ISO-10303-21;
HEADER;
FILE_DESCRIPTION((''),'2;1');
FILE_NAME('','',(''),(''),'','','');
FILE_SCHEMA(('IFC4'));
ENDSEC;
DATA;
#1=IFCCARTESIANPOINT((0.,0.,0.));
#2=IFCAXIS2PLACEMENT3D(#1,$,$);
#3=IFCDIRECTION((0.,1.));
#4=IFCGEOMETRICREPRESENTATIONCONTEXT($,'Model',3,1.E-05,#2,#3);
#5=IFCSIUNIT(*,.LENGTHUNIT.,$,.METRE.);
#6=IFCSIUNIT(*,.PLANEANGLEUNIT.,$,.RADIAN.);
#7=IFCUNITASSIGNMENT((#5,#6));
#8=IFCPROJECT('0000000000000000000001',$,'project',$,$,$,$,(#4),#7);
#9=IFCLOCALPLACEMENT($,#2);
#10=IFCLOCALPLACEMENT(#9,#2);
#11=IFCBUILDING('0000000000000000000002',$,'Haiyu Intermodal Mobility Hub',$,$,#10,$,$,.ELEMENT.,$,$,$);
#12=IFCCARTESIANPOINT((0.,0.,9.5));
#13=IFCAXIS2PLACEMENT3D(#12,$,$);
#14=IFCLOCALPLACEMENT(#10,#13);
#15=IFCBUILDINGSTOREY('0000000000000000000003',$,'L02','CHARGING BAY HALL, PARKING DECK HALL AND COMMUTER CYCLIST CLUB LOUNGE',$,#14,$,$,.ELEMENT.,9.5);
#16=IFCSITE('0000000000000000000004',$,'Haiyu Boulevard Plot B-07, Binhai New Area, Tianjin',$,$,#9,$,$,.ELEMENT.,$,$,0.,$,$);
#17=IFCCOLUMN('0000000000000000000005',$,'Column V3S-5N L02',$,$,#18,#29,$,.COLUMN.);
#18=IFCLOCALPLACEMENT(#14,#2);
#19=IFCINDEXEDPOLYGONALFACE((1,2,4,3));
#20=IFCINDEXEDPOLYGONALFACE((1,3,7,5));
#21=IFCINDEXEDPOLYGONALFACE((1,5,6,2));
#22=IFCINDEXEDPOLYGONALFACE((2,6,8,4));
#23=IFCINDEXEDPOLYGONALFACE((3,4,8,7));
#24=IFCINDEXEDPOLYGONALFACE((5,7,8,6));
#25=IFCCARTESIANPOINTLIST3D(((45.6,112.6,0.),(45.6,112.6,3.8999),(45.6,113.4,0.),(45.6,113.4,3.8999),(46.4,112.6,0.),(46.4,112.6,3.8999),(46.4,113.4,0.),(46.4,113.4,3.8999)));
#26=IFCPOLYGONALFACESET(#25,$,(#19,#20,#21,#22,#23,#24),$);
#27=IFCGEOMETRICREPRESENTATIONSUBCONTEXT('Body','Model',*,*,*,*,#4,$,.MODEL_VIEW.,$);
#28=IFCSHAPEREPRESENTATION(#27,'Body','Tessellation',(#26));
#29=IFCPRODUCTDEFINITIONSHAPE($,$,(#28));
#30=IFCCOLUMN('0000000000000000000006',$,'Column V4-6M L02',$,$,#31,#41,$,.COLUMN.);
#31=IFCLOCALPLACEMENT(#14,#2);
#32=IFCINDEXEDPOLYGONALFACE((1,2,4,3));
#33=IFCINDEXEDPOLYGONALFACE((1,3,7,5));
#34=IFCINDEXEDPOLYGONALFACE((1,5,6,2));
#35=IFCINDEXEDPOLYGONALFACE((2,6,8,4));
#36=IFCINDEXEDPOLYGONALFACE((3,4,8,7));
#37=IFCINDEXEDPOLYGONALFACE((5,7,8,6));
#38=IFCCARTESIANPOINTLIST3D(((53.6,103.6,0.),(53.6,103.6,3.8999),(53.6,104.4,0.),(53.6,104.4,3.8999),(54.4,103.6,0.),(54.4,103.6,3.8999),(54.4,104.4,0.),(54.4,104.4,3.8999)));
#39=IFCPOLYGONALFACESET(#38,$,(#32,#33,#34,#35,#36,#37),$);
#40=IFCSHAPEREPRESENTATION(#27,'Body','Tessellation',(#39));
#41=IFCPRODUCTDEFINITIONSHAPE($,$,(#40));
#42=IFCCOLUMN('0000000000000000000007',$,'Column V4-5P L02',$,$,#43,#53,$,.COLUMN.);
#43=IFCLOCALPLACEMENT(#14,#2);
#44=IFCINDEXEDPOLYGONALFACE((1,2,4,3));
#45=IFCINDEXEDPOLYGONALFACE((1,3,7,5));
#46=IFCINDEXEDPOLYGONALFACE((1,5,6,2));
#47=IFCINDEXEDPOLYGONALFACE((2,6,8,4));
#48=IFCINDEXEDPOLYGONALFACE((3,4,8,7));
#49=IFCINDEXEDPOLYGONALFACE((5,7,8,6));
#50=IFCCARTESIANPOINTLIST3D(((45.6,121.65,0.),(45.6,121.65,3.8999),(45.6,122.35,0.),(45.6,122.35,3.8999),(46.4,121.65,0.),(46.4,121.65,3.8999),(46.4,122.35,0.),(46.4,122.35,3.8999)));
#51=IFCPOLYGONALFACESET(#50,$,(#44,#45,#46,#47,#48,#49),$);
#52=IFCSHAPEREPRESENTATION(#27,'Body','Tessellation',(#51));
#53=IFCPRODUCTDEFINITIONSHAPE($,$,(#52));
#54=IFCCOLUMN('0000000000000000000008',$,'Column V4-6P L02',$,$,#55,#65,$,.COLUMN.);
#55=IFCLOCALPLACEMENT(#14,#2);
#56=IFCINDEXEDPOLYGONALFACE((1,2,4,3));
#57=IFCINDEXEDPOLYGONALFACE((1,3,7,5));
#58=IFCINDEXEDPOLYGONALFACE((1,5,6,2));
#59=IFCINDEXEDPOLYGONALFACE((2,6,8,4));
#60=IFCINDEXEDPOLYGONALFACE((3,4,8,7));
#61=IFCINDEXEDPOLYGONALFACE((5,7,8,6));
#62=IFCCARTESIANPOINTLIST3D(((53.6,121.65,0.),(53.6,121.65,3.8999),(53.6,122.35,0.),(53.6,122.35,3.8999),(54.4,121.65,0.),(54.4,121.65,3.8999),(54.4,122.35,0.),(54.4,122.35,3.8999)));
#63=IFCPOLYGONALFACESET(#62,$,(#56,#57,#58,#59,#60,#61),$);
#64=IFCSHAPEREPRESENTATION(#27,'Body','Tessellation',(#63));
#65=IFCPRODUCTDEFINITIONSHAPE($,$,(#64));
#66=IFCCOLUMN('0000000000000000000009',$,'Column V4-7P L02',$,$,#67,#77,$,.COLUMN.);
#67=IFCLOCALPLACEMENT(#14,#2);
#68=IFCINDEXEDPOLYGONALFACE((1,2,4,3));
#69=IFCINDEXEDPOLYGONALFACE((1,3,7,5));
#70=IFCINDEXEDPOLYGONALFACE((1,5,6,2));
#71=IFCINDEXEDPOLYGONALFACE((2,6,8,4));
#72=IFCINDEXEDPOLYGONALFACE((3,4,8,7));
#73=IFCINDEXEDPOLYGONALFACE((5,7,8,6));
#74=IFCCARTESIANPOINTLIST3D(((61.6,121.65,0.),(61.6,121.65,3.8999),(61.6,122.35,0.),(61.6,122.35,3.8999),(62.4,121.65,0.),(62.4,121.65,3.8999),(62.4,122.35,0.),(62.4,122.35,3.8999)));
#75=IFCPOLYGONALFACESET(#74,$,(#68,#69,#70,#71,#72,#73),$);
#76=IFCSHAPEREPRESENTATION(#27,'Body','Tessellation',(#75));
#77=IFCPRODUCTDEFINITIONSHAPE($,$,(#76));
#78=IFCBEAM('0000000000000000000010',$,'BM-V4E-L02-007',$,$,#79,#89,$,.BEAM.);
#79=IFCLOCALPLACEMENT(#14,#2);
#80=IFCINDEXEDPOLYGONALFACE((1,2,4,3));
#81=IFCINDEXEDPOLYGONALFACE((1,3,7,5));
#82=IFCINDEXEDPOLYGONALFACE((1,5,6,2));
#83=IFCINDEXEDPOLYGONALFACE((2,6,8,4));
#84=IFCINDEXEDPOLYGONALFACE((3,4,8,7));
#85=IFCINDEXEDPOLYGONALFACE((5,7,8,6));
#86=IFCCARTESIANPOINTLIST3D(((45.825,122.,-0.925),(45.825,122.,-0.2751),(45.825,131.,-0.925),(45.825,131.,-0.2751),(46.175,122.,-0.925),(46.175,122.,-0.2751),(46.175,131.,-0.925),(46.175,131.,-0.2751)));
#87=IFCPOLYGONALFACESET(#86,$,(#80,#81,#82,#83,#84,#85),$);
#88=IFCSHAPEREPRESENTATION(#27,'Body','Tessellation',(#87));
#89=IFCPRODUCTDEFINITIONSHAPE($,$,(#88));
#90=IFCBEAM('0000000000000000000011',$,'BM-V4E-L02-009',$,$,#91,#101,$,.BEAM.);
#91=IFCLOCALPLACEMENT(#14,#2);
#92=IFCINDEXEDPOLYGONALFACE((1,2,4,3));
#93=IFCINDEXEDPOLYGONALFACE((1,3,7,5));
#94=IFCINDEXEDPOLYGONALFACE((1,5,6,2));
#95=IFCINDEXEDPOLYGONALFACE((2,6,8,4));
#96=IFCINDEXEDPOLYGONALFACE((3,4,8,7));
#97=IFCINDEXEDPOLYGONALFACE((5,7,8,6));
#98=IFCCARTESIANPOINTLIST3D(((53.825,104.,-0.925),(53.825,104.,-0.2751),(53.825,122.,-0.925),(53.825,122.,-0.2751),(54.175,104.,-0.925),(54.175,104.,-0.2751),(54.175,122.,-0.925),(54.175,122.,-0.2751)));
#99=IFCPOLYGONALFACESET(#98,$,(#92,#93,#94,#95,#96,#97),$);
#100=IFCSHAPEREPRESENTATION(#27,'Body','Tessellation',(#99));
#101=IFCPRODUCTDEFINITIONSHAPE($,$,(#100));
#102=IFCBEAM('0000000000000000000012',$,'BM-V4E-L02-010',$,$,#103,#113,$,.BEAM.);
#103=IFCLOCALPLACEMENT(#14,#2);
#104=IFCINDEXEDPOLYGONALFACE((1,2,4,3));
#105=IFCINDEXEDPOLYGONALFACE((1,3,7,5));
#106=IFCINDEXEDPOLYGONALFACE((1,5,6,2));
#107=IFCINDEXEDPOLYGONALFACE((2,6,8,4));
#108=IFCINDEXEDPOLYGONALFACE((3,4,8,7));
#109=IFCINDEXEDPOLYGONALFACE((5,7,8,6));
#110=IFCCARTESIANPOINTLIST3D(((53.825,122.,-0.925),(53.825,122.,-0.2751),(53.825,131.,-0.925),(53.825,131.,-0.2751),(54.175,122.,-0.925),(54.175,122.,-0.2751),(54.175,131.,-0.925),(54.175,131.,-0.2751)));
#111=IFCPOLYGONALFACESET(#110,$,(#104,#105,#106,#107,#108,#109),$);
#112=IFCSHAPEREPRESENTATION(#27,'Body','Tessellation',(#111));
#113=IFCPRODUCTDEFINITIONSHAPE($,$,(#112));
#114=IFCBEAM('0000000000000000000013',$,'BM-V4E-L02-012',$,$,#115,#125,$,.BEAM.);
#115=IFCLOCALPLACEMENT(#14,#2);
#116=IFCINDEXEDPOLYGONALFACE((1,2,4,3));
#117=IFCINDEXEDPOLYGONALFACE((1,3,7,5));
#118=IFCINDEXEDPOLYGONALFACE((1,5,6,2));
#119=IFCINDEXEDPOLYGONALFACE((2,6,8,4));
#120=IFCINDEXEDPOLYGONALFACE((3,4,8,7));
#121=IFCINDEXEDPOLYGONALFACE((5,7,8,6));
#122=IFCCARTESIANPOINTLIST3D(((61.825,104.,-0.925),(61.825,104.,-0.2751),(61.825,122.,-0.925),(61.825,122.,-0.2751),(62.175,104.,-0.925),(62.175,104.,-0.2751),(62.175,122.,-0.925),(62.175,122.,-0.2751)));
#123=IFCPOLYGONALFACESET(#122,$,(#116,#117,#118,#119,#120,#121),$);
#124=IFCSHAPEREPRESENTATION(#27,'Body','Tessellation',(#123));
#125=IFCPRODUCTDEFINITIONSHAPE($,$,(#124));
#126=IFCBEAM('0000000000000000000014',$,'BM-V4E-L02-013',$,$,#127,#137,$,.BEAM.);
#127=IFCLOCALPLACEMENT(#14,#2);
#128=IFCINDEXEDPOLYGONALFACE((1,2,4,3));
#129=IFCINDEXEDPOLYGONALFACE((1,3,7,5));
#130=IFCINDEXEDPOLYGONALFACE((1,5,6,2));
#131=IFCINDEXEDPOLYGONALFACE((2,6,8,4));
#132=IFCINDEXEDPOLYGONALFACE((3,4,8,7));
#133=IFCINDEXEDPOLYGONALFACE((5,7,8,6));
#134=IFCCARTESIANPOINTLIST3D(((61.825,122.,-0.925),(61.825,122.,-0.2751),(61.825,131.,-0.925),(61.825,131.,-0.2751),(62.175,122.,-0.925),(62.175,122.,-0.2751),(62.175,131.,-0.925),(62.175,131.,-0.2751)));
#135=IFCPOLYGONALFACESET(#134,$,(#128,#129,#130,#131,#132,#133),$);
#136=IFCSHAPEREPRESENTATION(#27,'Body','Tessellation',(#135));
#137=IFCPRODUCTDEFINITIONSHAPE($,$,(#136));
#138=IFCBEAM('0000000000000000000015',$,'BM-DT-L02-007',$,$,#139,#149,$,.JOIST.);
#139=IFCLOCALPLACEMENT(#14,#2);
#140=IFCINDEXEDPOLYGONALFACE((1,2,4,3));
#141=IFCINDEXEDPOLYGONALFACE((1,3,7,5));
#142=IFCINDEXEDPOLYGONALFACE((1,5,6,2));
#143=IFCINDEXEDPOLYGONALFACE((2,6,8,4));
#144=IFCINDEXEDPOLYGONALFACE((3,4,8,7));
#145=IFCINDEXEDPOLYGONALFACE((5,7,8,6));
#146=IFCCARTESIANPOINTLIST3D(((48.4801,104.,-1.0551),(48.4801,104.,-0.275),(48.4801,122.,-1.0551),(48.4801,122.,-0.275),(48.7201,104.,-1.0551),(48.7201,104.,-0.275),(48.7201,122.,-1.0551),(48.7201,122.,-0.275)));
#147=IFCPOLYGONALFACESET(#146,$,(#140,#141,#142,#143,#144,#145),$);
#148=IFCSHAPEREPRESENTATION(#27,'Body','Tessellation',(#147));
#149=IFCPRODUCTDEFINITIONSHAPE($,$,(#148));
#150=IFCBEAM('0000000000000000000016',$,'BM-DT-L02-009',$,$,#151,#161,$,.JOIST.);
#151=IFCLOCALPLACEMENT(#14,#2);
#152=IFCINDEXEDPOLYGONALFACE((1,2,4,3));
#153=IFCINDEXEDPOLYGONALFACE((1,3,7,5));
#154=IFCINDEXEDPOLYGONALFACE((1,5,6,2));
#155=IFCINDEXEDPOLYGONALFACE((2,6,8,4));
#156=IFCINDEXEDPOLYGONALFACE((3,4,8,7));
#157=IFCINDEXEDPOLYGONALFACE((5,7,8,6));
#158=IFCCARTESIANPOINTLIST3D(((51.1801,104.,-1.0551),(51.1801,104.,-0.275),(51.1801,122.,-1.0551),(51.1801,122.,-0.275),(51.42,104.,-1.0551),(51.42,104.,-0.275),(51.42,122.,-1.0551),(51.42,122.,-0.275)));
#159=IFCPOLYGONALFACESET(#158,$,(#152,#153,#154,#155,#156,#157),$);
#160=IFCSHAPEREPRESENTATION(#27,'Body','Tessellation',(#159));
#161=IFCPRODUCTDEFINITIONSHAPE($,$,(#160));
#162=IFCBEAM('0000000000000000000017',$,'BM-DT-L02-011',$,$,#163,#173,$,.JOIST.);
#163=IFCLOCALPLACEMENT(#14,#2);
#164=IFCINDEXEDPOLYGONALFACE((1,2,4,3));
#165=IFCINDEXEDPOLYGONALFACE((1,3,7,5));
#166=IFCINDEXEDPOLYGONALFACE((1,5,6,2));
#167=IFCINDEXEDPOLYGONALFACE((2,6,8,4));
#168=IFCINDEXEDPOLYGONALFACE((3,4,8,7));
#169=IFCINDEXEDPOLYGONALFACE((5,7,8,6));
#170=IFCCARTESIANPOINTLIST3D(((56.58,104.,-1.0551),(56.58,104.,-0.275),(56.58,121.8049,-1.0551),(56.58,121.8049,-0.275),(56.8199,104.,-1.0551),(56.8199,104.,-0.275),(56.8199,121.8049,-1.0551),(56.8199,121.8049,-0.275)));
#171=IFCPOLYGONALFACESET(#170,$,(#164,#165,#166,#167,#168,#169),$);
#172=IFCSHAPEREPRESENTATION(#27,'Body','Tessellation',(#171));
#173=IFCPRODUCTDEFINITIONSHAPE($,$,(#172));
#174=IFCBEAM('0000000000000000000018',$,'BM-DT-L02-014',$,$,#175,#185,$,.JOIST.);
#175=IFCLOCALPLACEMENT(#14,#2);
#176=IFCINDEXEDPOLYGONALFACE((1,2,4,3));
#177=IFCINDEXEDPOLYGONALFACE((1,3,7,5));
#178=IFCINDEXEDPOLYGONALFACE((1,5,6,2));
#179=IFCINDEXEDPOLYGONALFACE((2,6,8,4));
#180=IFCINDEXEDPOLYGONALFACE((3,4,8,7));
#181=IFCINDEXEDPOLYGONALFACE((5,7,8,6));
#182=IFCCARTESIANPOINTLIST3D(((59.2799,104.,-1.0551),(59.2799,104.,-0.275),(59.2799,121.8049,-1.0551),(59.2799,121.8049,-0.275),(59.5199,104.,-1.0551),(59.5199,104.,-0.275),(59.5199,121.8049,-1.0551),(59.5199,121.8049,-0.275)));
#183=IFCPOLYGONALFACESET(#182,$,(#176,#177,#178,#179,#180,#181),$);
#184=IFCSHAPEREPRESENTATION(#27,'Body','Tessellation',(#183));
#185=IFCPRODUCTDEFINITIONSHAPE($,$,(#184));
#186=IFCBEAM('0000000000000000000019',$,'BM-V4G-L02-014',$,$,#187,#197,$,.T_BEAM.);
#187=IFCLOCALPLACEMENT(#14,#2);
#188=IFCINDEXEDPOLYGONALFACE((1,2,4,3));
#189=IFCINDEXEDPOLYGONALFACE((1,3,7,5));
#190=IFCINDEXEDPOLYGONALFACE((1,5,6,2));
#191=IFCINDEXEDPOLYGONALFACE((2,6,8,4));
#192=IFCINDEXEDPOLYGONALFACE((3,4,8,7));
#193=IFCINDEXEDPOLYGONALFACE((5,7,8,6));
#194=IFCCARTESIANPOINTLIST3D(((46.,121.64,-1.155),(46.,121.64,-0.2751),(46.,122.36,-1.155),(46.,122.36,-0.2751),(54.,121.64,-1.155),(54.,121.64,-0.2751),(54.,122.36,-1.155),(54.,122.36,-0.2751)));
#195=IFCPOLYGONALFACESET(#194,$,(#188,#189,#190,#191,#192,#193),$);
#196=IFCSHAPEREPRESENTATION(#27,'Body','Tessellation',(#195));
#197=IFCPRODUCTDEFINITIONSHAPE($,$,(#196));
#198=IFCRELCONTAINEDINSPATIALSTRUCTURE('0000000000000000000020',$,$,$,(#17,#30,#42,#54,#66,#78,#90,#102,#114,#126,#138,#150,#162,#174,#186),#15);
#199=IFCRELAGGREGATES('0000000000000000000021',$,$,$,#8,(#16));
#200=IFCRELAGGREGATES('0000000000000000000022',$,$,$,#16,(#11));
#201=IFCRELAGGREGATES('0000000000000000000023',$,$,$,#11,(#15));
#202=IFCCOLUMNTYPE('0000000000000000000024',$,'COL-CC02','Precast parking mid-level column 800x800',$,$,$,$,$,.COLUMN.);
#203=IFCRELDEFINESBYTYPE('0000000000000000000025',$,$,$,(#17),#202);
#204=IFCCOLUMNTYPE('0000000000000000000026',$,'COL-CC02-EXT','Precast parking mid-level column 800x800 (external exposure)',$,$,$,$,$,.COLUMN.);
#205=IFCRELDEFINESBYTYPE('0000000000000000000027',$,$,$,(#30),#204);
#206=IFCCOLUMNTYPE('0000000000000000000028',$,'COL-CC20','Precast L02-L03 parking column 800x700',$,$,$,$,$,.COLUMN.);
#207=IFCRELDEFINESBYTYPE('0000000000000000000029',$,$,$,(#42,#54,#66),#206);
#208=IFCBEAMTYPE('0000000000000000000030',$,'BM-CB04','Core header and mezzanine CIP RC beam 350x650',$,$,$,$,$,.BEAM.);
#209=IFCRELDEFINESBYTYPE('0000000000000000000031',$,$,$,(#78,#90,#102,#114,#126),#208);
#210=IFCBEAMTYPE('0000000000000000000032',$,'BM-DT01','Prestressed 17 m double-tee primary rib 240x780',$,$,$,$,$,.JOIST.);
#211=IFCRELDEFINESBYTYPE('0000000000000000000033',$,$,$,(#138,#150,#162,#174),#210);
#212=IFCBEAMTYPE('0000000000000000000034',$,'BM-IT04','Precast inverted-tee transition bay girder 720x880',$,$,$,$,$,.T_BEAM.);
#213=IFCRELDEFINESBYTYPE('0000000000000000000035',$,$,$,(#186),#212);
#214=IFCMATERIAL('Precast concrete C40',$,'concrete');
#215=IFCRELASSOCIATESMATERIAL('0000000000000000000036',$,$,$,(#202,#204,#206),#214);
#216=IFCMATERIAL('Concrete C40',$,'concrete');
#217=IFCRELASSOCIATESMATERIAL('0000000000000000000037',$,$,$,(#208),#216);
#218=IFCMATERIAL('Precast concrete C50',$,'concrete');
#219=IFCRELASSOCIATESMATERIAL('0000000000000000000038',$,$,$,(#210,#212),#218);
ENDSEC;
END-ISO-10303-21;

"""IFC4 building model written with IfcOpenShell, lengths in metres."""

from ifc_helpers import new_model, si_unit, direction, frame, origin, origin_2d, place, context, subcontext, project, spatial, rectangle, extrude, material, material_profile, profile_set, type_object, element, save


model = new_model("IFC4")

# Units and contexts
model_context = context("Model", 3, precision=1e-05, world=origin(), true_north=direction((0.0, 1.0)))
body_context = subcontext(model_context, "Body", "Model", "MODEL_VIEW")
ifc_project = project(units=[si_unit("LENGTHUNIT", "METRE"), si_unit("PLANEANGLEUNIT", "RADIAN")], contexts=[model_context])

# Site, building, storey
site_placement = place(None, origin())
site = spatial("IfcSite", under=ifc_project, at=site_placement, Name="Haiyu Boulevard Plot B-07, Binhai New Area, Tianjin", CompositionType="ELEMENT", RefElevation=0.0)
building_placement = place(site_placement, origin())
building = spatial("IfcBuilding", under=site, at=building_placement, Name="Haiyu Intermodal Mobility Hub", CompositionType="ELEMENT")
storey_placement = place(building_placement, frame((0.0, 0.0, 9.5)))
storey = spatial("IfcBuildingStorey", under=building, at=storey_placement, Name="L02", Description="CHARGING BAY HALL, PARKING DECK HALL AND COMMUTER CYCLIST CLUB LOUNGE", CompositionType="ELEMENT", Elevation=9.5)

# Columns
ifc_material_1 = material(Name="Precast concrete C40", Category="concrete")
ifc_material_profile_1 = material_profile(ifc_material_1, rectangle(XDim=0.8, YDim=0.8, at=origin_2d()), Name="RC800x800")
ifc_profile_set_1 = profile_set([ifc_material_profile_1], Name="Precast concrete C40")
column_type_1 = type_object("IfcColumnType", Name="COL-CC02", Description="Precast parking mid-level column 800x800", PredefinedType="COLUMN", material=ifc_profile_set_1)
column_1_placement = place(storey_placement, frame((46.0, 113.0, 0.0), z_axis=(0.0, 0.0, 1.0), x_axis=(1.0, 0.0, 0.0)))
element("IfcColumn", 1, at=column_1_placement, inside=storey, type_object=column_type_1, Name="Column V3S-5N L02", PredefinedType="COLUMN", context=body_context, shape_type="SweptSolid", body=[
    extrude(rectangle(XDim=0.8, YDim=0.8, at=origin_2d()), origin(), (0.0, 0.0, 1.0), 3.8999),
])
ifc_material_profile_2 = material_profile(ifc_material_1, rectangle(XDim=0.8, YDim=0.8, at=origin_2d()), Name="RC800x800")
ifc_profile_set_2 = profile_set([ifc_material_profile_2], Name="Precast concrete C40")
column_type_2 = type_object("IfcColumnType", Name="COL-CC02-EXT", Description="Precast parking mid-level column 800x800 (external exposure)", PredefinedType="COLUMN", material=ifc_profile_set_2)
column_2_placement = place(storey_placement, frame((54.0, 104.0, 0.0), z_axis=(0.0, 0.0, 1.0), x_axis=(1.0, 0.0, 0.0)))
element("IfcColumn", 2, at=column_2_placement, inside=storey, type_object=column_type_2, Name="Column V4-6M L02", PredefinedType="COLUMN", context=body_context, shape_type="SweptSolid", body=[
    extrude(rectangle(XDim=0.8, YDim=0.8, at=origin_2d()), origin(), (0.0, 0.0, 1.0), 3.8999),
])
ifc_material_profile_3 = material_profile(ifc_material_1, rectangle(XDim=0.8, YDim=0.7, at=origin_2d()), Name="C800x700")
ifc_profile_set_3 = profile_set([ifc_material_profile_3], Name="Precast concrete C40")
column_type_3 = type_object("IfcColumnType", Name="COL-CC20", Description="Precast L02-L03 parking column 800x700", PredefinedType="COLUMN", material=ifc_profile_set_3)
for number, where, z_axis, x_axis, name in (
    (3, (46.0, 122.0, 0.0), (0.0, 0.0, 1.0), (1.0, 0.0, 0.0), "Column V4-5P L02"),
    (4, (54.0, 122.0, 0.0), (0.0, 0.0, 1.0), (1.0, 0.0, 0.0), "Column V4-6P L02"),
    (5, (62.0, 122.0, 0.0), (0.0, 0.0, 1.0), (1.0, 0.0, 0.0), "Column V4-7P L02"),
):
    element("IfcColumn", number, at=place(storey_placement, frame(where, z_axis=z_axis, x_axis=x_axis)), inside=storey, type_object=column_type_3, Name=name, PredefinedType="COLUMN", context=body_context, shape_type="SweptSolid", body=[
        extrude(rectangle(XDim=0.8, YDim=0.7, at=origin_2d()), origin(), (0.0, 0.0, 1.0), 3.8999),
    ])

# Beams
ifc_material_2 = material(Name="Concrete C40", Category="concrete")
ifc_material_profile_4 = material_profile(ifc_material_2, rectangle(XDim=0.3501, YDim=0.6499, at=origin_2d()), Name="RCB350x650")
ifc_profile_set_4 = profile_set([ifc_material_profile_4], Name="Concrete C40")
beam_type_1 = type_object("IfcBeamType", Name="BM-CB04", Description="Core header and mezzanine CIP RC beam 350x650", PredefinedType="BEAM", material=ifc_profile_set_4)
beam_1_placement = place(storey_placement, frame((46.0, 122.0, -0.6001), z_axis=(0.0, 1.0, 0.0), x_axis=(-1.0, 0.0, 0.0)))
element("IfcBeam", 6, at=beam_1_placement, inside=storey, type_object=beam_type_1, Name="BM-V4E-L02-007", PredefinedType="BEAM", context=body_context, shape_type="SweptSolid", body=[
    extrude(rectangle(XDim=0.3501, YDim=0.6499, at=origin_2d()), origin(), (0.0, 0.0, 1.0), 9.0),
])
beam_2_placement = place(storey_placement, frame((54.0, 104.0, -0.6001), z_axis=(0.0, 1.0, 0.0), x_axis=(-1.0, 0.0, 0.0)))
element("IfcBeam", 7, at=beam_2_placement, inside=storey, type_object=beam_type_1, Name="BM-V4E-L02-009", PredefinedType="BEAM", context=body_context, shape_type="SweptSolid", body=[
    extrude(rectangle(XDim=0.3501, YDim=0.6499, at=origin_2d()), origin(), (0.0, 0.0, 1.0), 18.0),
])
beam_3_placement = place(storey_placement, frame((54.0, 122.0, -0.6001), z_axis=(0.0, 1.0, 0.0), x_axis=(-1.0, 0.0, 0.0)))
element("IfcBeam", 8, at=beam_3_placement, inside=storey, type_object=beam_type_1, Name="BM-V4E-L02-010", PredefinedType="BEAM", context=body_context, shape_type="SweptSolid", body=[
    extrude(rectangle(XDim=0.3501, YDim=0.6499, at=origin_2d()), origin(), (0.0, 0.0, 1.0), 9.0),
])
beam_4_placement = place(storey_placement, frame((62.0, 104.0, -0.6001), z_axis=(0.0, 1.0, 0.0), x_axis=(-1.0, 0.0, 0.0)))
element("IfcBeam", 9, at=beam_4_placement, inside=storey, type_object=beam_type_1, Name="BM-V4E-L02-012", PredefinedType="BEAM", context=body_context, shape_type="SweptSolid", body=[
    extrude(rectangle(XDim=0.3501, YDim=0.6499, at=origin_2d()), origin(), (0.0, 0.0, 1.0), 18.0),
])
beam_5_placement = place(storey_placement, frame((62.0, 122.0, -0.6001), z_axis=(0.0, 1.0, 0.0), x_axis=(-1.0, 0.0, 0.0)))
element("IfcBeam", 10, at=beam_5_placement, inside=storey, type_object=beam_type_1, Name="BM-V4E-L02-013", PredefinedType="BEAM", context=body_context, shape_type="SweptSolid", body=[
    extrude(rectangle(XDim=0.3501, YDim=0.6499, at=origin_2d()), origin(), (0.0, 0.0, 1.0), 9.0),
])
ifc_material_3 = material(Name="Precast concrete C50", Category="concrete")
ifc_material_profile_5 = material_profile(ifc_material_3, rectangle(XDim=0.24, YDim=0.78, at=origin_2d()), Name="PC240x780")
ifc_profile_set_5 = profile_set([ifc_material_profile_5], Name="Precast concrete C50")
beam_type_2 = type_object("IfcBeamType", Name="BM-DT01", Description="Prestressed 17 m double-tee primary rib 240x780", PredefinedType="JOIST", material=ifc_profile_set_5)
for number, where, z_axis, x_axis, name in (
    (11, (48.6001, 104.0, -0.665), (0.0, 1.0, 0.0), (-1.0, 0.0, 0.0), "BM-DT-L02-007"),
    (12, (51.3, 104.0, -0.665), (0.0, 1.0, 0.0), (-1.0, 0.0, 0.0), "BM-DT-L02-009"),
):
    element("IfcBeam", number, at=place(storey_placement, frame(where, z_axis=z_axis, x_axis=x_axis)), inside=storey, type_object=beam_type_2, Name=name, PredefinedType="JOIST", context=body_context, shape_type="SweptSolid", body=[
        extrude(rectangle(XDim=0.24, YDim=0.78, at=origin_2d()), origin(), (0.0, 0.0, 1.0), 18.0),
    ])
for number, where, z_axis, x_axis, name in (
    (13, (56.7, 104.0, -0.665), (0.0, 1.0, 0.0), (-1.0, 0.0, 0.0), "BM-DT-L02-011"),
    (14, (59.3999, 104.0, -0.665), (0.0, 1.0, 0.0), (-1.0, 0.0, 0.0), "BM-DT-L02-014"),
):
    element("IfcBeam", number, at=place(storey_placement, frame(where, z_axis=z_axis, x_axis=x_axis)), inside=storey, type_object=beam_type_2, Name=name, PredefinedType="JOIST", context=body_context, shape_type="SweptSolid", body=[
        extrude(rectangle(XDim=0.24, YDim=0.78, at=origin_2d()), origin(), (0.0, 0.0, 1.0), 17.8049),
    ])
ifc_material_profile_6 = material_profile(ifc_material_3, rectangle(XDim=0.72, YDim=0.8799, at=origin_2d()), Name="B720x880")
ifc_profile_set_6 = profile_set([ifc_material_profile_6], Name="Precast concrete C50")
beam_type_3 = type_object("IfcBeamType", Name="BM-IT04", Description="Precast inverted-tee transition bay girder 720x880", PredefinedType="T_BEAM", material=ifc_profile_set_6)
for number, where, z_axis, x_axis, name in (
    (15, (46.0, 122.0, -0.7151), (1.0, 0.0, 0.0), (0.0, 1.0, 0.0), "BM-V4G-L02-014"),
):
    element("IfcBeam", number, at=place(storey_placement, frame(where, z_axis=z_axis, x_axis=x_axis)), inside=storey, type_object=beam_type_3, Name=name, PredefinedType="T_BEAM", context=body_context, shape_type="SweptSolid", body=[
        extrude(rectangle(XDim=0.72, YDim=0.8799, at=origin_2d()), origin(), (0.0, 0.0, 1.0), 8.0),
    ])

save(model, "model.ifc")
